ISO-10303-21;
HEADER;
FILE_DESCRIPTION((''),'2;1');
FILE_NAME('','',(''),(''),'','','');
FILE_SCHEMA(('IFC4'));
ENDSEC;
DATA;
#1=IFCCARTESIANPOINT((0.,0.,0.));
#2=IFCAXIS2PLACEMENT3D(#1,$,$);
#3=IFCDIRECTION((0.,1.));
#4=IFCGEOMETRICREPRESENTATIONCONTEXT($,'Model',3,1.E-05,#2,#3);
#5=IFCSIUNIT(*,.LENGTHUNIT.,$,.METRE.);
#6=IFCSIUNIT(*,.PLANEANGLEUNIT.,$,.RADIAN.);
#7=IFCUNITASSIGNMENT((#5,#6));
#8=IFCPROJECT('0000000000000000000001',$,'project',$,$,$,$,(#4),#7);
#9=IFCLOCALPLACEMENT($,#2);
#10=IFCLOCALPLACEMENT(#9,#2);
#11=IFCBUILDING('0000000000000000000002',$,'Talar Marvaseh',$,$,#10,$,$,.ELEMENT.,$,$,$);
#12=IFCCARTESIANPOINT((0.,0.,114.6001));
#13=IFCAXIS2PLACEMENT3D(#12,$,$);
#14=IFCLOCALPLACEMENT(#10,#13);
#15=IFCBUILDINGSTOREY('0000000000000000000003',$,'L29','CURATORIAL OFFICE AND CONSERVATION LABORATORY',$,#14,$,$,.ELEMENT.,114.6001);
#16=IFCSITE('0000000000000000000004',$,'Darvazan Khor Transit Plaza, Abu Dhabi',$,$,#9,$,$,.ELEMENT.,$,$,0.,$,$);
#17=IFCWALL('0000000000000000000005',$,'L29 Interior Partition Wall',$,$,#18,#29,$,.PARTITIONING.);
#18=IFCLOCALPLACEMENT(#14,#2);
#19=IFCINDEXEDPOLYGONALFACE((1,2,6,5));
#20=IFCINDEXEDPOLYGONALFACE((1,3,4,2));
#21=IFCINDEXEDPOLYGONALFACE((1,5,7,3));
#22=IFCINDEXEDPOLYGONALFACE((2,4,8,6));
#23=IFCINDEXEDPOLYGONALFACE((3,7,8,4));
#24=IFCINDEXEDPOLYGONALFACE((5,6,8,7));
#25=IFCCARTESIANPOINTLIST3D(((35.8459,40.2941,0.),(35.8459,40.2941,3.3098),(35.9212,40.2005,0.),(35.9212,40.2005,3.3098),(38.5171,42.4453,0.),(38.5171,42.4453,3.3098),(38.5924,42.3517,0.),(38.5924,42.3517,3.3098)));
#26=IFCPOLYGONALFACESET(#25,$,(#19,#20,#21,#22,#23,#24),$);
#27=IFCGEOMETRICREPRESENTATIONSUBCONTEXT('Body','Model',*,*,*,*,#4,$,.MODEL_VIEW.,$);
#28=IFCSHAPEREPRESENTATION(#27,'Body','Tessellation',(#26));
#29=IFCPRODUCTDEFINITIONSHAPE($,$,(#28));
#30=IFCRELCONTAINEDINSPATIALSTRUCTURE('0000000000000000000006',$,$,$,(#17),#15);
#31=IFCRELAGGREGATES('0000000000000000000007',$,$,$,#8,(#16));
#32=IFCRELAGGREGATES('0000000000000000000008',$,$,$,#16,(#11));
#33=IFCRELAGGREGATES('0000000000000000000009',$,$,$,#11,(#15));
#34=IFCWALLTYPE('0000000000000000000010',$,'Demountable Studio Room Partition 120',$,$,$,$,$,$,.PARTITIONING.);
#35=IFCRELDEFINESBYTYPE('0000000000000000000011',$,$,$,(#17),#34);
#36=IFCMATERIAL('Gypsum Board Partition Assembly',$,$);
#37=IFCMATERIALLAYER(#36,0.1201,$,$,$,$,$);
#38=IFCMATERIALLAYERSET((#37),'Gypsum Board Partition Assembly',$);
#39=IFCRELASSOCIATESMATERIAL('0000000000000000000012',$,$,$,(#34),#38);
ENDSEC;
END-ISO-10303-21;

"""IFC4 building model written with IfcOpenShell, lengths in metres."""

from ifc_helpers import new_model, si_unit, direction, frame, frame_2d, origin, place, context, subcontext, project, spatial, rectangle, extrude, material, layer, layer_set, type_object, element, save


model = new_model("IFC4")

# Units and contexts
model_context = context("Model", 3, precision=1e-05, world=origin(), true_north=direction((0.0, 1.0)))
body_context = subcontext(model_context, "Body", "Model", "MODEL_VIEW")
ifc_project = project(units=[si_unit("LENGTHUNIT", "METRE"), si_unit("PLANEANGLEUNIT", "RADIAN")], contexts=[model_context])

# Site, building, storey
site_placement = place(None, origin())
site = spatial("IfcSite", under=ifc_project, at=site_placement, Name="Darvazan Khor Transit Plaza, Abu Dhabi", CompositionType="ELEMENT", RefElevation=0.0)
building_placement = place(site_placement, origin())
building = spatial("IfcBuilding", under=site, at=building_placement, Name="Talar Marvaseh", CompositionType="ELEMENT")
storey_placement = place(building_placement, frame((0.0, 0.0, 114.6001)))
storey = spatial("IfcBuildingStorey", under=building, at=storey_placement, Name="L29", Description="CURATORIAL OFFICE AND CONSERVATION LABORATORY", CompositionType="ELEMENT", Elevation=114.6001)

# Shared definitions
ifc_material_1 = material(Name="Gypsum Board Partition Assembly")

# Wall
ifc_layer_1 = layer(ifc_material_1, 0.1201)
ifc_layer_set_1 = layer_set([ifc_layer_1], Name="Gypsum Board Partition Assembly")
wall_type_1 = type_object("IfcWallType", Name="Demountable Studio Room Partition 120", PredefinedType="PARTITIONING", material=ifc_layer_set_1)
wall_1_placement = place(storey_placement, frame((35.8835, 40.2473, 0.0), z_axis=(0.0, 0.0, 1.0), x_axis=(0.778844, 0.627218, 0.0)))
element("IfcWall", 1, at=wall_1_placement, inside=storey, type_object=wall_type_1, Name="L29 Interior Partition Wall", PredefinedType="PARTITIONING", context=body_context, shape_type="SweptSolid", body=[
    extrude(rectangle(XDim=3.4297, YDim=0.1201, at=frame_2d((1.7148, 0.0))), origin(), (0.0, 0.0, 1.0), 3.3098),
])

save(model, "model.ifc")
